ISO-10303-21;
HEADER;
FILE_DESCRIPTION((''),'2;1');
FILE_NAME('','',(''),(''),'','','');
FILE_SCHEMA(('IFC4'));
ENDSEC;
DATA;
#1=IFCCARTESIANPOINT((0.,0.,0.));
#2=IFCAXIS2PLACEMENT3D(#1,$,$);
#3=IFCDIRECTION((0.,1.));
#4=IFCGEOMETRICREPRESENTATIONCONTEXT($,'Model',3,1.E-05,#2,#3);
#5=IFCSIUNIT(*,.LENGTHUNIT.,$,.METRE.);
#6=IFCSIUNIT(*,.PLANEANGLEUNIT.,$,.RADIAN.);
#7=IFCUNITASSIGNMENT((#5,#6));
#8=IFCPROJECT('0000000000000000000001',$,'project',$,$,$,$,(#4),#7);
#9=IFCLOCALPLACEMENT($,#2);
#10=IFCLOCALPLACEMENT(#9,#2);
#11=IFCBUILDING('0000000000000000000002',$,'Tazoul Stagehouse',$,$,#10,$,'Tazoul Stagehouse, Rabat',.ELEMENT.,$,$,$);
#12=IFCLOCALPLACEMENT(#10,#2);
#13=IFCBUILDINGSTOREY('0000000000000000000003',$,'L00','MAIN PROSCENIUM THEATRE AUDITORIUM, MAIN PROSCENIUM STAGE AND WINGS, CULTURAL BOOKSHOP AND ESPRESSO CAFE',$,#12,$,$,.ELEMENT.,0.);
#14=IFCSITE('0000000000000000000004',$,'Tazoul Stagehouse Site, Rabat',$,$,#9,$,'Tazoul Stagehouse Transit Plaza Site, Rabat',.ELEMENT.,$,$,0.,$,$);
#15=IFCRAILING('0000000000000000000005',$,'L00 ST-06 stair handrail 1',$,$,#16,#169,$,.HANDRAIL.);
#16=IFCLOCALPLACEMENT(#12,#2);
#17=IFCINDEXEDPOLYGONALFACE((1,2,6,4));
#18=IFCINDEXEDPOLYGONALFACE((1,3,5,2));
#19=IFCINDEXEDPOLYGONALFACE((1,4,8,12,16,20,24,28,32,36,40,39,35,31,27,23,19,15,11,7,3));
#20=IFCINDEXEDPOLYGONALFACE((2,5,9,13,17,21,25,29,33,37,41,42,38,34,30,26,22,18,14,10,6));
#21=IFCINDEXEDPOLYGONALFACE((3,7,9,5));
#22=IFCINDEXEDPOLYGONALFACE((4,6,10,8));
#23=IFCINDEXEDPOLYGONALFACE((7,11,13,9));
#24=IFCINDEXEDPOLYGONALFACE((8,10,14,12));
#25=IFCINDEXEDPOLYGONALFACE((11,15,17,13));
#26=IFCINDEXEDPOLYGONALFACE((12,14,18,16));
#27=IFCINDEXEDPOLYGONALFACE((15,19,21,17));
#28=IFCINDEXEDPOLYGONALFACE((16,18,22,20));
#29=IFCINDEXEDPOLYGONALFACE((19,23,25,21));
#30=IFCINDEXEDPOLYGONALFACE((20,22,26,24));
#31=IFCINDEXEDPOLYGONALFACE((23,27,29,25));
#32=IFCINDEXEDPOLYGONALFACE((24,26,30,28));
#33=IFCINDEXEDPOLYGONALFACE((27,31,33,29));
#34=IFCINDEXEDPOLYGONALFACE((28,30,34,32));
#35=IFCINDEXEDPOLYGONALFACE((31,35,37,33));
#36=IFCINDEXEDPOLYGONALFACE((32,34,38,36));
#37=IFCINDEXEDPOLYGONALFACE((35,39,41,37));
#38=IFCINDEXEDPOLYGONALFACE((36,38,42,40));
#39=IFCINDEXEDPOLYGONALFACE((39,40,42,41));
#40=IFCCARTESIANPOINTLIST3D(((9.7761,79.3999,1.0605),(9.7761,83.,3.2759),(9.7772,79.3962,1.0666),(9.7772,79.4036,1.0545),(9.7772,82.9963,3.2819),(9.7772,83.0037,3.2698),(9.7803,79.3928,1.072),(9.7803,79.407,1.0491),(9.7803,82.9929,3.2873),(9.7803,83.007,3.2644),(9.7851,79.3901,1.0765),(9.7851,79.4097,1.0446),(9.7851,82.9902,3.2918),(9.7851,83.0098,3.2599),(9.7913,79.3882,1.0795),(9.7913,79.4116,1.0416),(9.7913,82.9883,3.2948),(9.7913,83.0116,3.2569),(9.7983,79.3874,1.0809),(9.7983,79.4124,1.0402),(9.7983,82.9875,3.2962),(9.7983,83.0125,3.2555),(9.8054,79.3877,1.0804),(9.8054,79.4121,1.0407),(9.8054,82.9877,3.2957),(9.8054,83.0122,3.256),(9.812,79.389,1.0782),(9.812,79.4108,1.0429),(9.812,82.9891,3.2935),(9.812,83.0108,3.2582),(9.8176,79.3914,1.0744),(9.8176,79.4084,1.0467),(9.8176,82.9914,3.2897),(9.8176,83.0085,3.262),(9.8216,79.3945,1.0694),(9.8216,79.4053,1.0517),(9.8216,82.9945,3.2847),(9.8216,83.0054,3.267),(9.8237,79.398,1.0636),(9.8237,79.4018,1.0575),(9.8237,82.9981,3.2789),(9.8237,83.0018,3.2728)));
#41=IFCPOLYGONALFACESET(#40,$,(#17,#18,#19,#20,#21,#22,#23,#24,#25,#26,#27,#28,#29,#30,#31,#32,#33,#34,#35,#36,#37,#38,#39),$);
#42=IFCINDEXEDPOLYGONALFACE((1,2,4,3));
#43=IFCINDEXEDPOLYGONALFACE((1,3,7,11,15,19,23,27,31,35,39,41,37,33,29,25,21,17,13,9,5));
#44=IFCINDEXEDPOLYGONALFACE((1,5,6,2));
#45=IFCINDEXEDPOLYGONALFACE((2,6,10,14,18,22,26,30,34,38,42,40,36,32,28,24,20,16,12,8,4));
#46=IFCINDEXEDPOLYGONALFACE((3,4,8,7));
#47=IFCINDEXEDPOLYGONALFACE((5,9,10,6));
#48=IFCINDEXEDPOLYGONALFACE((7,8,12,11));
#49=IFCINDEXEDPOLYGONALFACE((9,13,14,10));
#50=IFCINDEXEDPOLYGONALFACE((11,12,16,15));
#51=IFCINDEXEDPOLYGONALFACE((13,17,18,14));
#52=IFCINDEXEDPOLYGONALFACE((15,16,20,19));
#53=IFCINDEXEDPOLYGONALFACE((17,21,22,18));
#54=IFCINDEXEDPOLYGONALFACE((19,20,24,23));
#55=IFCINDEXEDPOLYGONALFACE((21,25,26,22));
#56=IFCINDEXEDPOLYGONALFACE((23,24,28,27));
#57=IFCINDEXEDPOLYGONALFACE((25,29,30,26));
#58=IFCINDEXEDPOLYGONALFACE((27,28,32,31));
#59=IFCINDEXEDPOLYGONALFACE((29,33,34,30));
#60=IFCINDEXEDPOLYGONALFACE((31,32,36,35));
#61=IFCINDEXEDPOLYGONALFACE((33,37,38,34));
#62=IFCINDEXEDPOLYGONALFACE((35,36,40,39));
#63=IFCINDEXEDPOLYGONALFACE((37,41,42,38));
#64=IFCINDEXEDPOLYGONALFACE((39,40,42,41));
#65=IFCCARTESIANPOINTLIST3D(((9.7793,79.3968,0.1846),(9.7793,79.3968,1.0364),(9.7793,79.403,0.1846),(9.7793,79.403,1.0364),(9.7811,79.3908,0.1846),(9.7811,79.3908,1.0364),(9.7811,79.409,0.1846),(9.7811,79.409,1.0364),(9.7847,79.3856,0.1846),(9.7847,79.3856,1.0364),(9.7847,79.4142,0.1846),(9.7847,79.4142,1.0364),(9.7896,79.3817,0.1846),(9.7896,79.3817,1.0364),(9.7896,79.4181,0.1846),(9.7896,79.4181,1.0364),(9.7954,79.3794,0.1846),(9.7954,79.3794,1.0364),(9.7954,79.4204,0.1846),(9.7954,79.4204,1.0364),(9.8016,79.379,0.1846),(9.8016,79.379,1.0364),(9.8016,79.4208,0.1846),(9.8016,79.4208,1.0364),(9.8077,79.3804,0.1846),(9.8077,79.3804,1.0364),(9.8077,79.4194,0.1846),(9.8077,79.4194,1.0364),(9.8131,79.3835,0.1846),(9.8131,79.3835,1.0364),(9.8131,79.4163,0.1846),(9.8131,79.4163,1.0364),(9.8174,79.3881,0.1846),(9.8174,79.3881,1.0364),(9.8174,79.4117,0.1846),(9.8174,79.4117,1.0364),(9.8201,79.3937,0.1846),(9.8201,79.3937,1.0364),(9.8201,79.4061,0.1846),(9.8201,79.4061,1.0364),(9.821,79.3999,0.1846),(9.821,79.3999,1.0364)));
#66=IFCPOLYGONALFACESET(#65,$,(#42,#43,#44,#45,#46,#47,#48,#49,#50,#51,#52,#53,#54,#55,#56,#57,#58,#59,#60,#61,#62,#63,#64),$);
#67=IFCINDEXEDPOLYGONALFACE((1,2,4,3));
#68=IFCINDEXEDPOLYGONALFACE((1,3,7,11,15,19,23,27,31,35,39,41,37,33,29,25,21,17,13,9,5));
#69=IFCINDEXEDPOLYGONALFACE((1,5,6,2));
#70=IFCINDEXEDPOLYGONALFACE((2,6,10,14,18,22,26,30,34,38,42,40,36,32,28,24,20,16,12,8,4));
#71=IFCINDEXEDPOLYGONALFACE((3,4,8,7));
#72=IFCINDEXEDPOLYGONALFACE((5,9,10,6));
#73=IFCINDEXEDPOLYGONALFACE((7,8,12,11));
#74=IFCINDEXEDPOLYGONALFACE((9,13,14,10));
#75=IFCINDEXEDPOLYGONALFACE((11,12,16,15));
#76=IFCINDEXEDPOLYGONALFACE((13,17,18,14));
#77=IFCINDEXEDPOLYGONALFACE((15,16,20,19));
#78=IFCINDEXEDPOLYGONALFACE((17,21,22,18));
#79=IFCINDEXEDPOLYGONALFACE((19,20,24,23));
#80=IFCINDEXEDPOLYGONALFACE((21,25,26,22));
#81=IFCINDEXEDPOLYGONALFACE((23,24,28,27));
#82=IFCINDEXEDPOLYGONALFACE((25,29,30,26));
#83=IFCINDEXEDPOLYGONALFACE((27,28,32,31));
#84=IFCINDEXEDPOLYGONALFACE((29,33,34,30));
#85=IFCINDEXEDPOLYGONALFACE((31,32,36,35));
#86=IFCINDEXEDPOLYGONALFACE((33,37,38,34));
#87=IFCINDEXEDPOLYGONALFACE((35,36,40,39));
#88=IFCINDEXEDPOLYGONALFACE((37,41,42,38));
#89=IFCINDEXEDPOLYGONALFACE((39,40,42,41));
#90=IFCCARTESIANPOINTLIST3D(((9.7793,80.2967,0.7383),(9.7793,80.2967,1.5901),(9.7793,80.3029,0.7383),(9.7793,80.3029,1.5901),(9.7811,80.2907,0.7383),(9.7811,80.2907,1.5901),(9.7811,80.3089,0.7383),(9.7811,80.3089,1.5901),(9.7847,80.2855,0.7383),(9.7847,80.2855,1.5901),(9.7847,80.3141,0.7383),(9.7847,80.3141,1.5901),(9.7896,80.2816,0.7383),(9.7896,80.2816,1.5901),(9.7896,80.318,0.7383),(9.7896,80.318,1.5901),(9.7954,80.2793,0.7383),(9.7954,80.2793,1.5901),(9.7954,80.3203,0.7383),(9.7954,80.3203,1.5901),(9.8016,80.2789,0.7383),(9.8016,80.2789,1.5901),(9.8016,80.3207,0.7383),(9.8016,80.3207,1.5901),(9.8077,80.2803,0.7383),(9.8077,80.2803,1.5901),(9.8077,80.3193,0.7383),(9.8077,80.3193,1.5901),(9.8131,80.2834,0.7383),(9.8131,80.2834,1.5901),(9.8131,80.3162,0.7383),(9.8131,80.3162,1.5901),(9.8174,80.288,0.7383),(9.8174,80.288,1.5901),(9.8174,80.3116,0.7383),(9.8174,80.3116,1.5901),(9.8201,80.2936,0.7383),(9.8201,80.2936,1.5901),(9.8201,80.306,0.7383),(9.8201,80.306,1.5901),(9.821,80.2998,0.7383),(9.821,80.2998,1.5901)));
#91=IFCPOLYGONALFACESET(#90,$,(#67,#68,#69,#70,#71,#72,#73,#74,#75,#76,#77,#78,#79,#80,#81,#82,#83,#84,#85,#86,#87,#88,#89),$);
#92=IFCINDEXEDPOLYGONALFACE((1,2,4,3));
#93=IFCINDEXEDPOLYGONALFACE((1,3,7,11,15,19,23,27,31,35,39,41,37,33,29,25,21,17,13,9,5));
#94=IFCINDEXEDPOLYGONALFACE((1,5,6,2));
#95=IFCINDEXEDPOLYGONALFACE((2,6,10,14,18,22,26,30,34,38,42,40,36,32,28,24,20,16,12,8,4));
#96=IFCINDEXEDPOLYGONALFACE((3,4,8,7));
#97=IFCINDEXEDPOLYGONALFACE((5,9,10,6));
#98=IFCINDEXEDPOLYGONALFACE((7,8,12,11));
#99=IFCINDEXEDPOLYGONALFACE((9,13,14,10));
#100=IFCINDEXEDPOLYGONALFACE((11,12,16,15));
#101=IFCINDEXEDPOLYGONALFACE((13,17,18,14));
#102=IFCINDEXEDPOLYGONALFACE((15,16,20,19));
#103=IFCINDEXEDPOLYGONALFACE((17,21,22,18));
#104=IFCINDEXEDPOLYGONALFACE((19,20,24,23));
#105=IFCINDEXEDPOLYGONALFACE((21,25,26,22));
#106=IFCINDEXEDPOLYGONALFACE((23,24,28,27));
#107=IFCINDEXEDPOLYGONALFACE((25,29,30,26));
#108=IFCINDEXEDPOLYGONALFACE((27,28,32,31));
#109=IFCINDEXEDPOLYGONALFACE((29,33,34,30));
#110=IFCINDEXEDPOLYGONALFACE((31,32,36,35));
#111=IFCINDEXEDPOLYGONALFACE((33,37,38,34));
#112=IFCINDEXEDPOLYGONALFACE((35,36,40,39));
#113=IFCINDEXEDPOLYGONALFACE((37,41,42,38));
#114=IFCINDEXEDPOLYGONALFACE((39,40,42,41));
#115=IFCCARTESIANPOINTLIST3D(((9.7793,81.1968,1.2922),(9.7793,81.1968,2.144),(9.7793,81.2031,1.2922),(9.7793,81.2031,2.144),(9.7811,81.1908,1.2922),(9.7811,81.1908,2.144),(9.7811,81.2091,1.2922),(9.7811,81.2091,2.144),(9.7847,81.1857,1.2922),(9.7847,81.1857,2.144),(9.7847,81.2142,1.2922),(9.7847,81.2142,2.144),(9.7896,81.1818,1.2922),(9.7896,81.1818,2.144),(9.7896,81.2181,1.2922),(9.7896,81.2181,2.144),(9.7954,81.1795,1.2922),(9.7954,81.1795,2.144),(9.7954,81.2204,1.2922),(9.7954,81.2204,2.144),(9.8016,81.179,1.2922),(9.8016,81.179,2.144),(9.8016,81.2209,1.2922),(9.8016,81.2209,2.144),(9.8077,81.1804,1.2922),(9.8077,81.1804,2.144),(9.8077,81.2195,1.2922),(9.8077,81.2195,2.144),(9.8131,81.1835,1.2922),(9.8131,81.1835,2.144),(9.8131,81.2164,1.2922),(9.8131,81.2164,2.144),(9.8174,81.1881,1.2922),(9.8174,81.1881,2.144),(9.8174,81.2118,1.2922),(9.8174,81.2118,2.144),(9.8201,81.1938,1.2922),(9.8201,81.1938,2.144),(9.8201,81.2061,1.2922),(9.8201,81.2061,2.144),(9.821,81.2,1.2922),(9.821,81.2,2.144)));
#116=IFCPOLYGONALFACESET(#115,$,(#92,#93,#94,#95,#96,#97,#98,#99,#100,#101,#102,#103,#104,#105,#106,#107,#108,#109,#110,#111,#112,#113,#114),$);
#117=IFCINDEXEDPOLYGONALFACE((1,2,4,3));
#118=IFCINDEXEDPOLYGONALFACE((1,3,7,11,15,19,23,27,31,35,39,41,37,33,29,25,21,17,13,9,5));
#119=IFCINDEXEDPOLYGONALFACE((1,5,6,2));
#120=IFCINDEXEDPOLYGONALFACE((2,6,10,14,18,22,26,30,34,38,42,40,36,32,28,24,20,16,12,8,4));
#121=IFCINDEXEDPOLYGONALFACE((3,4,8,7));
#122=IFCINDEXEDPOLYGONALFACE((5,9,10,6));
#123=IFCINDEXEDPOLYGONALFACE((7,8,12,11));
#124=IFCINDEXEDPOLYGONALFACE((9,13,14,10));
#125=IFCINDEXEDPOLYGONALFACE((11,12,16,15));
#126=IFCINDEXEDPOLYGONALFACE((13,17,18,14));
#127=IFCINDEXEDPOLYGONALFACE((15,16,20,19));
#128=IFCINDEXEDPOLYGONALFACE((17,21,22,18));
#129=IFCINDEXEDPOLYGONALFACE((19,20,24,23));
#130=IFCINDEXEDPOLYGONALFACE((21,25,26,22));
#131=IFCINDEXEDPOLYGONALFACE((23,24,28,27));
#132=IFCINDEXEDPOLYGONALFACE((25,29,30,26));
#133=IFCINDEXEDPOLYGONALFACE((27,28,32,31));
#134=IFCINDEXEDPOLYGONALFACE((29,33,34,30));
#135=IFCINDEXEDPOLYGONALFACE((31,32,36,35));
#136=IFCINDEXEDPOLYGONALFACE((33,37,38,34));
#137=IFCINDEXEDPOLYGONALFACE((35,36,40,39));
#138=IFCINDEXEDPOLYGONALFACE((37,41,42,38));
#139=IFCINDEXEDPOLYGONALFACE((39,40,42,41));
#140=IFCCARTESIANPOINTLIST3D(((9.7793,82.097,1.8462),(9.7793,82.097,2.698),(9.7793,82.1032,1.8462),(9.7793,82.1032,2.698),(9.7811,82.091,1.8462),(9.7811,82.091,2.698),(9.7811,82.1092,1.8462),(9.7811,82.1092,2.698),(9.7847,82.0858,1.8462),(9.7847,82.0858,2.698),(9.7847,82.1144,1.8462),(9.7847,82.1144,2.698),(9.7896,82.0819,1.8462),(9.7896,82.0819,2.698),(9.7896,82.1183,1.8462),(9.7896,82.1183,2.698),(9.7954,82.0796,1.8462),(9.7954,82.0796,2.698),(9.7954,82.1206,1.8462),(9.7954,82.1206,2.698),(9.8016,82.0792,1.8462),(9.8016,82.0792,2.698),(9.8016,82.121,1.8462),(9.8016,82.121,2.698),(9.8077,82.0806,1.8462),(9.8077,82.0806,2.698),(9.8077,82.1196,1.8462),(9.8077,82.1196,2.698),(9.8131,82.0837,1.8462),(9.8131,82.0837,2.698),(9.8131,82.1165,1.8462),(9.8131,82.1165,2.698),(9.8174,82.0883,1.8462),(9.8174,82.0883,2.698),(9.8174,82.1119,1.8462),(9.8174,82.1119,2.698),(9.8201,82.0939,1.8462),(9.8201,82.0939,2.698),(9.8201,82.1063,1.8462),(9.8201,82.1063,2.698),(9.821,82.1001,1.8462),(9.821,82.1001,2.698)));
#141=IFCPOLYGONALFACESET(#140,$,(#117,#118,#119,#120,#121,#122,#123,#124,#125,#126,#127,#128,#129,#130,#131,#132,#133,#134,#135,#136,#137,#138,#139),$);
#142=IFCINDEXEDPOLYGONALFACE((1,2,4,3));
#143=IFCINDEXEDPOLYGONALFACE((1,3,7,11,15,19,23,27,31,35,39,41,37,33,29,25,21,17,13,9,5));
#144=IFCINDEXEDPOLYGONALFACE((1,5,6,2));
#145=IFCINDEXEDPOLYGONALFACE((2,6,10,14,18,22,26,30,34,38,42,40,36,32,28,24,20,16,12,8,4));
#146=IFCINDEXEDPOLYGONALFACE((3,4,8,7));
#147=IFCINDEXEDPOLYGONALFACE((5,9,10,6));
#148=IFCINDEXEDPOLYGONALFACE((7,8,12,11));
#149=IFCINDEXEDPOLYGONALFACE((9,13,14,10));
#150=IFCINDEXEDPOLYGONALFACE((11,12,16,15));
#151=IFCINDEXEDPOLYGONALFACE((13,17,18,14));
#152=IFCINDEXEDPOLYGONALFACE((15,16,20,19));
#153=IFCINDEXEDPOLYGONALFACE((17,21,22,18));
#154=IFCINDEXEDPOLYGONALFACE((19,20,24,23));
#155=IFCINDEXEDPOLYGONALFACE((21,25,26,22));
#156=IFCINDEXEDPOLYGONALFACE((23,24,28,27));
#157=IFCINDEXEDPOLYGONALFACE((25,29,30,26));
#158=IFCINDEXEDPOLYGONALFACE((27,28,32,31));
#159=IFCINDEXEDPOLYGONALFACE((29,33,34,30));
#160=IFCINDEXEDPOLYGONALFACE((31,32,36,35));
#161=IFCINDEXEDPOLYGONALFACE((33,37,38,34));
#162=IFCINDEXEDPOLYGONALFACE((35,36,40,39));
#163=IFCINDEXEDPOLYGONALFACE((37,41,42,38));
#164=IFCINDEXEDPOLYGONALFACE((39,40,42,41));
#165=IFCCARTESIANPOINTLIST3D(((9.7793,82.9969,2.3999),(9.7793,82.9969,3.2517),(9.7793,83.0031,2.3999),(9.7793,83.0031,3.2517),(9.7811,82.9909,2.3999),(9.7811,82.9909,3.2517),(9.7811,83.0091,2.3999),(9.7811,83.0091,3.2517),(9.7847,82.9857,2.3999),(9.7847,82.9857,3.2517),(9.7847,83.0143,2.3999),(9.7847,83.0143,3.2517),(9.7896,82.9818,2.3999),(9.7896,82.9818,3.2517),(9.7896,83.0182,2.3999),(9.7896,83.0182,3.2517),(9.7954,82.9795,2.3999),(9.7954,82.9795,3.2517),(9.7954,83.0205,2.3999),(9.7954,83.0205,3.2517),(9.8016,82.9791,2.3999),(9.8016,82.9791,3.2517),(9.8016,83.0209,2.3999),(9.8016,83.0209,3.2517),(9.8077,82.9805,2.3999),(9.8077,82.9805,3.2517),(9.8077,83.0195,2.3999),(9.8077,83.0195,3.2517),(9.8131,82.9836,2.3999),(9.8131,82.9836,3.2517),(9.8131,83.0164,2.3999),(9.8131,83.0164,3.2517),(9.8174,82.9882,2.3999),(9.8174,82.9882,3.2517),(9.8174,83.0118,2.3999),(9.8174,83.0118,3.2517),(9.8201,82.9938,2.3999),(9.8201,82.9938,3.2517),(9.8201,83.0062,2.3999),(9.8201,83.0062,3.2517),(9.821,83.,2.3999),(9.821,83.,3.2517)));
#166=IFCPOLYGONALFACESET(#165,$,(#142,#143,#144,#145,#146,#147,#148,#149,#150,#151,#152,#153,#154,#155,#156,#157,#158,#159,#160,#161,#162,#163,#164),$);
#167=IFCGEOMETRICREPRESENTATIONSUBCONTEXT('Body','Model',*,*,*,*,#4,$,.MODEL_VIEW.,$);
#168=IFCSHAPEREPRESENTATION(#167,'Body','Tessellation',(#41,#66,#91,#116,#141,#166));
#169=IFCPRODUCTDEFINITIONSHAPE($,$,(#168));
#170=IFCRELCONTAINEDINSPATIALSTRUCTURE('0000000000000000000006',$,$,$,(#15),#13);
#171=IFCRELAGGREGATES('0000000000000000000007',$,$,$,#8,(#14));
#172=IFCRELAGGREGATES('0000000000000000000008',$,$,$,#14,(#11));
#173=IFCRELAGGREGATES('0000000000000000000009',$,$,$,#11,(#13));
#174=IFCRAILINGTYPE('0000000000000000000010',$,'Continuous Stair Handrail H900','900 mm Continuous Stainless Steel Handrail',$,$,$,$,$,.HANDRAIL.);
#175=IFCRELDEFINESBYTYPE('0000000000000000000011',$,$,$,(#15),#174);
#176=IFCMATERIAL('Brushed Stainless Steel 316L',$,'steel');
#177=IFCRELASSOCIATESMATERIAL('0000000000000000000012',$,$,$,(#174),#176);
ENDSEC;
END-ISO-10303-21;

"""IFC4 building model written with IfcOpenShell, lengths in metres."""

from ifc_helpers import new_model, si_unit, direction, frame, origin, origin_2d, place, context, subcontext, project, spatial, circle, extrude, material, material_profile, profile_set, type_object, element, save


model = new_model("IFC4")

# Units and contexts
model_context = context("Model", 3, precision=1e-05, world=origin(), true_north=direction((0.0, 1.0)))
body_context = subcontext(model_context, "Body", "Model", "MODEL_VIEW")
ifc_project = project(units=[si_unit("LENGTHUNIT", "METRE"), si_unit("PLANEANGLEUNIT", "RADIAN")], contexts=[model_context])

# Site, building, storey
site_placement = place(None, origin())
site = spatial("IfcSite", under=ifc_project, at=site_placement, Name="Tazoul Stagehouse Site, Rabat", LongName="Tazoul Stagehouse Transit Plaza Site, Rabat", CompositionType="ELEMENT", RefElevation=0.0)
building_placement = place(site_placement, origin())
building = spatial("IfcBuilding", under=site, at=building_placement, Name="Tazoul Stagehouse", LongName="Tazoul Stagehouse, Rabat", CompositionType="ELEMENT")
storey_placement = place(building_placement, origin())
storey = spatial("IfcBuildingStorey", under=building, at=storey_placement, Name="L00", Description="MAIN PROSCENIUM THEATRE AUDITORIUM, MAIN PROSCENIUM STAGE AND WINGS, CULTURAL BOOKSHOP AND ESPRESSO CAFE", CompositionType="ELEMENT", Elevation=0.0)

# Railing
ifc_material_1 = material(Name="Brushed Stainless Steel 316L", Category="steel")
ifc_material_profile_1 = material_profile(ifc_material_1, circle(Radius=0.021, at=origin_2d()), Name="SS HANDRAIL D42")
ifc_profile_set_1 = profile_set([ifc_material_profile_1], Name="Brushed Stainless Steel 316L")
railing_type = type_object("IfcRailingType", Name="Continuous Stair Handrail H900", Description="900 mm Continuous Stainless Steel Handrail", PredefinedType="HANDRAIL", material=ifc_profile_set_1)
railing_placement = place(storey_placement, frame((9.8, 79.3999, 0.1846)))
element("IfcRailing", 1, at=railing_placement, inside=storey, type_object=railing_type, Name="L00 ST-06 stair handrail 1", PredefinedType="HANDRAIL", context=body_context, shape_type="SweptSolid", body=[
    extrude(circle(Radius=0.0239, at=origin_2d()), frame((0.0, 0.0, 0.876), z_axis=(0.0, 0.85167, 0.524078), x_axis=(-1.0, 0.0, 0.0)), (0.0, 0.0, 1.0), 4.2271),
    extrude(circle(Radius=0.021, at=origin_2d()), origin(), (0.0, 0.0, 1.0), 0.8518),
    extrude(circle(Radius=0.021, at=origin_2d()), frame((0.0, 0.8999, 0.5537)), (0.0, 0.0, 1.0), 0.8518),
    extrude(circle(Radius=0.021, at=origin_2d()), frame((0.0, 1.8, 1.1077)), (0.0, 0.0, 1.0), 0.8518),
    extrude(circle(Radius=0.021, at=origin_2d()), frame((0.0, 2.7002, 1.6616)), (0.0, 0.0, 1.0), 0.8518),
    extrude(circle(Radius=0.021, at=origin_2d()), frame((0.0, 3.6001, 2.2153)), (0.0, 0.0, 1.0), 0.8518),
])

save(model, "model.ifc")
